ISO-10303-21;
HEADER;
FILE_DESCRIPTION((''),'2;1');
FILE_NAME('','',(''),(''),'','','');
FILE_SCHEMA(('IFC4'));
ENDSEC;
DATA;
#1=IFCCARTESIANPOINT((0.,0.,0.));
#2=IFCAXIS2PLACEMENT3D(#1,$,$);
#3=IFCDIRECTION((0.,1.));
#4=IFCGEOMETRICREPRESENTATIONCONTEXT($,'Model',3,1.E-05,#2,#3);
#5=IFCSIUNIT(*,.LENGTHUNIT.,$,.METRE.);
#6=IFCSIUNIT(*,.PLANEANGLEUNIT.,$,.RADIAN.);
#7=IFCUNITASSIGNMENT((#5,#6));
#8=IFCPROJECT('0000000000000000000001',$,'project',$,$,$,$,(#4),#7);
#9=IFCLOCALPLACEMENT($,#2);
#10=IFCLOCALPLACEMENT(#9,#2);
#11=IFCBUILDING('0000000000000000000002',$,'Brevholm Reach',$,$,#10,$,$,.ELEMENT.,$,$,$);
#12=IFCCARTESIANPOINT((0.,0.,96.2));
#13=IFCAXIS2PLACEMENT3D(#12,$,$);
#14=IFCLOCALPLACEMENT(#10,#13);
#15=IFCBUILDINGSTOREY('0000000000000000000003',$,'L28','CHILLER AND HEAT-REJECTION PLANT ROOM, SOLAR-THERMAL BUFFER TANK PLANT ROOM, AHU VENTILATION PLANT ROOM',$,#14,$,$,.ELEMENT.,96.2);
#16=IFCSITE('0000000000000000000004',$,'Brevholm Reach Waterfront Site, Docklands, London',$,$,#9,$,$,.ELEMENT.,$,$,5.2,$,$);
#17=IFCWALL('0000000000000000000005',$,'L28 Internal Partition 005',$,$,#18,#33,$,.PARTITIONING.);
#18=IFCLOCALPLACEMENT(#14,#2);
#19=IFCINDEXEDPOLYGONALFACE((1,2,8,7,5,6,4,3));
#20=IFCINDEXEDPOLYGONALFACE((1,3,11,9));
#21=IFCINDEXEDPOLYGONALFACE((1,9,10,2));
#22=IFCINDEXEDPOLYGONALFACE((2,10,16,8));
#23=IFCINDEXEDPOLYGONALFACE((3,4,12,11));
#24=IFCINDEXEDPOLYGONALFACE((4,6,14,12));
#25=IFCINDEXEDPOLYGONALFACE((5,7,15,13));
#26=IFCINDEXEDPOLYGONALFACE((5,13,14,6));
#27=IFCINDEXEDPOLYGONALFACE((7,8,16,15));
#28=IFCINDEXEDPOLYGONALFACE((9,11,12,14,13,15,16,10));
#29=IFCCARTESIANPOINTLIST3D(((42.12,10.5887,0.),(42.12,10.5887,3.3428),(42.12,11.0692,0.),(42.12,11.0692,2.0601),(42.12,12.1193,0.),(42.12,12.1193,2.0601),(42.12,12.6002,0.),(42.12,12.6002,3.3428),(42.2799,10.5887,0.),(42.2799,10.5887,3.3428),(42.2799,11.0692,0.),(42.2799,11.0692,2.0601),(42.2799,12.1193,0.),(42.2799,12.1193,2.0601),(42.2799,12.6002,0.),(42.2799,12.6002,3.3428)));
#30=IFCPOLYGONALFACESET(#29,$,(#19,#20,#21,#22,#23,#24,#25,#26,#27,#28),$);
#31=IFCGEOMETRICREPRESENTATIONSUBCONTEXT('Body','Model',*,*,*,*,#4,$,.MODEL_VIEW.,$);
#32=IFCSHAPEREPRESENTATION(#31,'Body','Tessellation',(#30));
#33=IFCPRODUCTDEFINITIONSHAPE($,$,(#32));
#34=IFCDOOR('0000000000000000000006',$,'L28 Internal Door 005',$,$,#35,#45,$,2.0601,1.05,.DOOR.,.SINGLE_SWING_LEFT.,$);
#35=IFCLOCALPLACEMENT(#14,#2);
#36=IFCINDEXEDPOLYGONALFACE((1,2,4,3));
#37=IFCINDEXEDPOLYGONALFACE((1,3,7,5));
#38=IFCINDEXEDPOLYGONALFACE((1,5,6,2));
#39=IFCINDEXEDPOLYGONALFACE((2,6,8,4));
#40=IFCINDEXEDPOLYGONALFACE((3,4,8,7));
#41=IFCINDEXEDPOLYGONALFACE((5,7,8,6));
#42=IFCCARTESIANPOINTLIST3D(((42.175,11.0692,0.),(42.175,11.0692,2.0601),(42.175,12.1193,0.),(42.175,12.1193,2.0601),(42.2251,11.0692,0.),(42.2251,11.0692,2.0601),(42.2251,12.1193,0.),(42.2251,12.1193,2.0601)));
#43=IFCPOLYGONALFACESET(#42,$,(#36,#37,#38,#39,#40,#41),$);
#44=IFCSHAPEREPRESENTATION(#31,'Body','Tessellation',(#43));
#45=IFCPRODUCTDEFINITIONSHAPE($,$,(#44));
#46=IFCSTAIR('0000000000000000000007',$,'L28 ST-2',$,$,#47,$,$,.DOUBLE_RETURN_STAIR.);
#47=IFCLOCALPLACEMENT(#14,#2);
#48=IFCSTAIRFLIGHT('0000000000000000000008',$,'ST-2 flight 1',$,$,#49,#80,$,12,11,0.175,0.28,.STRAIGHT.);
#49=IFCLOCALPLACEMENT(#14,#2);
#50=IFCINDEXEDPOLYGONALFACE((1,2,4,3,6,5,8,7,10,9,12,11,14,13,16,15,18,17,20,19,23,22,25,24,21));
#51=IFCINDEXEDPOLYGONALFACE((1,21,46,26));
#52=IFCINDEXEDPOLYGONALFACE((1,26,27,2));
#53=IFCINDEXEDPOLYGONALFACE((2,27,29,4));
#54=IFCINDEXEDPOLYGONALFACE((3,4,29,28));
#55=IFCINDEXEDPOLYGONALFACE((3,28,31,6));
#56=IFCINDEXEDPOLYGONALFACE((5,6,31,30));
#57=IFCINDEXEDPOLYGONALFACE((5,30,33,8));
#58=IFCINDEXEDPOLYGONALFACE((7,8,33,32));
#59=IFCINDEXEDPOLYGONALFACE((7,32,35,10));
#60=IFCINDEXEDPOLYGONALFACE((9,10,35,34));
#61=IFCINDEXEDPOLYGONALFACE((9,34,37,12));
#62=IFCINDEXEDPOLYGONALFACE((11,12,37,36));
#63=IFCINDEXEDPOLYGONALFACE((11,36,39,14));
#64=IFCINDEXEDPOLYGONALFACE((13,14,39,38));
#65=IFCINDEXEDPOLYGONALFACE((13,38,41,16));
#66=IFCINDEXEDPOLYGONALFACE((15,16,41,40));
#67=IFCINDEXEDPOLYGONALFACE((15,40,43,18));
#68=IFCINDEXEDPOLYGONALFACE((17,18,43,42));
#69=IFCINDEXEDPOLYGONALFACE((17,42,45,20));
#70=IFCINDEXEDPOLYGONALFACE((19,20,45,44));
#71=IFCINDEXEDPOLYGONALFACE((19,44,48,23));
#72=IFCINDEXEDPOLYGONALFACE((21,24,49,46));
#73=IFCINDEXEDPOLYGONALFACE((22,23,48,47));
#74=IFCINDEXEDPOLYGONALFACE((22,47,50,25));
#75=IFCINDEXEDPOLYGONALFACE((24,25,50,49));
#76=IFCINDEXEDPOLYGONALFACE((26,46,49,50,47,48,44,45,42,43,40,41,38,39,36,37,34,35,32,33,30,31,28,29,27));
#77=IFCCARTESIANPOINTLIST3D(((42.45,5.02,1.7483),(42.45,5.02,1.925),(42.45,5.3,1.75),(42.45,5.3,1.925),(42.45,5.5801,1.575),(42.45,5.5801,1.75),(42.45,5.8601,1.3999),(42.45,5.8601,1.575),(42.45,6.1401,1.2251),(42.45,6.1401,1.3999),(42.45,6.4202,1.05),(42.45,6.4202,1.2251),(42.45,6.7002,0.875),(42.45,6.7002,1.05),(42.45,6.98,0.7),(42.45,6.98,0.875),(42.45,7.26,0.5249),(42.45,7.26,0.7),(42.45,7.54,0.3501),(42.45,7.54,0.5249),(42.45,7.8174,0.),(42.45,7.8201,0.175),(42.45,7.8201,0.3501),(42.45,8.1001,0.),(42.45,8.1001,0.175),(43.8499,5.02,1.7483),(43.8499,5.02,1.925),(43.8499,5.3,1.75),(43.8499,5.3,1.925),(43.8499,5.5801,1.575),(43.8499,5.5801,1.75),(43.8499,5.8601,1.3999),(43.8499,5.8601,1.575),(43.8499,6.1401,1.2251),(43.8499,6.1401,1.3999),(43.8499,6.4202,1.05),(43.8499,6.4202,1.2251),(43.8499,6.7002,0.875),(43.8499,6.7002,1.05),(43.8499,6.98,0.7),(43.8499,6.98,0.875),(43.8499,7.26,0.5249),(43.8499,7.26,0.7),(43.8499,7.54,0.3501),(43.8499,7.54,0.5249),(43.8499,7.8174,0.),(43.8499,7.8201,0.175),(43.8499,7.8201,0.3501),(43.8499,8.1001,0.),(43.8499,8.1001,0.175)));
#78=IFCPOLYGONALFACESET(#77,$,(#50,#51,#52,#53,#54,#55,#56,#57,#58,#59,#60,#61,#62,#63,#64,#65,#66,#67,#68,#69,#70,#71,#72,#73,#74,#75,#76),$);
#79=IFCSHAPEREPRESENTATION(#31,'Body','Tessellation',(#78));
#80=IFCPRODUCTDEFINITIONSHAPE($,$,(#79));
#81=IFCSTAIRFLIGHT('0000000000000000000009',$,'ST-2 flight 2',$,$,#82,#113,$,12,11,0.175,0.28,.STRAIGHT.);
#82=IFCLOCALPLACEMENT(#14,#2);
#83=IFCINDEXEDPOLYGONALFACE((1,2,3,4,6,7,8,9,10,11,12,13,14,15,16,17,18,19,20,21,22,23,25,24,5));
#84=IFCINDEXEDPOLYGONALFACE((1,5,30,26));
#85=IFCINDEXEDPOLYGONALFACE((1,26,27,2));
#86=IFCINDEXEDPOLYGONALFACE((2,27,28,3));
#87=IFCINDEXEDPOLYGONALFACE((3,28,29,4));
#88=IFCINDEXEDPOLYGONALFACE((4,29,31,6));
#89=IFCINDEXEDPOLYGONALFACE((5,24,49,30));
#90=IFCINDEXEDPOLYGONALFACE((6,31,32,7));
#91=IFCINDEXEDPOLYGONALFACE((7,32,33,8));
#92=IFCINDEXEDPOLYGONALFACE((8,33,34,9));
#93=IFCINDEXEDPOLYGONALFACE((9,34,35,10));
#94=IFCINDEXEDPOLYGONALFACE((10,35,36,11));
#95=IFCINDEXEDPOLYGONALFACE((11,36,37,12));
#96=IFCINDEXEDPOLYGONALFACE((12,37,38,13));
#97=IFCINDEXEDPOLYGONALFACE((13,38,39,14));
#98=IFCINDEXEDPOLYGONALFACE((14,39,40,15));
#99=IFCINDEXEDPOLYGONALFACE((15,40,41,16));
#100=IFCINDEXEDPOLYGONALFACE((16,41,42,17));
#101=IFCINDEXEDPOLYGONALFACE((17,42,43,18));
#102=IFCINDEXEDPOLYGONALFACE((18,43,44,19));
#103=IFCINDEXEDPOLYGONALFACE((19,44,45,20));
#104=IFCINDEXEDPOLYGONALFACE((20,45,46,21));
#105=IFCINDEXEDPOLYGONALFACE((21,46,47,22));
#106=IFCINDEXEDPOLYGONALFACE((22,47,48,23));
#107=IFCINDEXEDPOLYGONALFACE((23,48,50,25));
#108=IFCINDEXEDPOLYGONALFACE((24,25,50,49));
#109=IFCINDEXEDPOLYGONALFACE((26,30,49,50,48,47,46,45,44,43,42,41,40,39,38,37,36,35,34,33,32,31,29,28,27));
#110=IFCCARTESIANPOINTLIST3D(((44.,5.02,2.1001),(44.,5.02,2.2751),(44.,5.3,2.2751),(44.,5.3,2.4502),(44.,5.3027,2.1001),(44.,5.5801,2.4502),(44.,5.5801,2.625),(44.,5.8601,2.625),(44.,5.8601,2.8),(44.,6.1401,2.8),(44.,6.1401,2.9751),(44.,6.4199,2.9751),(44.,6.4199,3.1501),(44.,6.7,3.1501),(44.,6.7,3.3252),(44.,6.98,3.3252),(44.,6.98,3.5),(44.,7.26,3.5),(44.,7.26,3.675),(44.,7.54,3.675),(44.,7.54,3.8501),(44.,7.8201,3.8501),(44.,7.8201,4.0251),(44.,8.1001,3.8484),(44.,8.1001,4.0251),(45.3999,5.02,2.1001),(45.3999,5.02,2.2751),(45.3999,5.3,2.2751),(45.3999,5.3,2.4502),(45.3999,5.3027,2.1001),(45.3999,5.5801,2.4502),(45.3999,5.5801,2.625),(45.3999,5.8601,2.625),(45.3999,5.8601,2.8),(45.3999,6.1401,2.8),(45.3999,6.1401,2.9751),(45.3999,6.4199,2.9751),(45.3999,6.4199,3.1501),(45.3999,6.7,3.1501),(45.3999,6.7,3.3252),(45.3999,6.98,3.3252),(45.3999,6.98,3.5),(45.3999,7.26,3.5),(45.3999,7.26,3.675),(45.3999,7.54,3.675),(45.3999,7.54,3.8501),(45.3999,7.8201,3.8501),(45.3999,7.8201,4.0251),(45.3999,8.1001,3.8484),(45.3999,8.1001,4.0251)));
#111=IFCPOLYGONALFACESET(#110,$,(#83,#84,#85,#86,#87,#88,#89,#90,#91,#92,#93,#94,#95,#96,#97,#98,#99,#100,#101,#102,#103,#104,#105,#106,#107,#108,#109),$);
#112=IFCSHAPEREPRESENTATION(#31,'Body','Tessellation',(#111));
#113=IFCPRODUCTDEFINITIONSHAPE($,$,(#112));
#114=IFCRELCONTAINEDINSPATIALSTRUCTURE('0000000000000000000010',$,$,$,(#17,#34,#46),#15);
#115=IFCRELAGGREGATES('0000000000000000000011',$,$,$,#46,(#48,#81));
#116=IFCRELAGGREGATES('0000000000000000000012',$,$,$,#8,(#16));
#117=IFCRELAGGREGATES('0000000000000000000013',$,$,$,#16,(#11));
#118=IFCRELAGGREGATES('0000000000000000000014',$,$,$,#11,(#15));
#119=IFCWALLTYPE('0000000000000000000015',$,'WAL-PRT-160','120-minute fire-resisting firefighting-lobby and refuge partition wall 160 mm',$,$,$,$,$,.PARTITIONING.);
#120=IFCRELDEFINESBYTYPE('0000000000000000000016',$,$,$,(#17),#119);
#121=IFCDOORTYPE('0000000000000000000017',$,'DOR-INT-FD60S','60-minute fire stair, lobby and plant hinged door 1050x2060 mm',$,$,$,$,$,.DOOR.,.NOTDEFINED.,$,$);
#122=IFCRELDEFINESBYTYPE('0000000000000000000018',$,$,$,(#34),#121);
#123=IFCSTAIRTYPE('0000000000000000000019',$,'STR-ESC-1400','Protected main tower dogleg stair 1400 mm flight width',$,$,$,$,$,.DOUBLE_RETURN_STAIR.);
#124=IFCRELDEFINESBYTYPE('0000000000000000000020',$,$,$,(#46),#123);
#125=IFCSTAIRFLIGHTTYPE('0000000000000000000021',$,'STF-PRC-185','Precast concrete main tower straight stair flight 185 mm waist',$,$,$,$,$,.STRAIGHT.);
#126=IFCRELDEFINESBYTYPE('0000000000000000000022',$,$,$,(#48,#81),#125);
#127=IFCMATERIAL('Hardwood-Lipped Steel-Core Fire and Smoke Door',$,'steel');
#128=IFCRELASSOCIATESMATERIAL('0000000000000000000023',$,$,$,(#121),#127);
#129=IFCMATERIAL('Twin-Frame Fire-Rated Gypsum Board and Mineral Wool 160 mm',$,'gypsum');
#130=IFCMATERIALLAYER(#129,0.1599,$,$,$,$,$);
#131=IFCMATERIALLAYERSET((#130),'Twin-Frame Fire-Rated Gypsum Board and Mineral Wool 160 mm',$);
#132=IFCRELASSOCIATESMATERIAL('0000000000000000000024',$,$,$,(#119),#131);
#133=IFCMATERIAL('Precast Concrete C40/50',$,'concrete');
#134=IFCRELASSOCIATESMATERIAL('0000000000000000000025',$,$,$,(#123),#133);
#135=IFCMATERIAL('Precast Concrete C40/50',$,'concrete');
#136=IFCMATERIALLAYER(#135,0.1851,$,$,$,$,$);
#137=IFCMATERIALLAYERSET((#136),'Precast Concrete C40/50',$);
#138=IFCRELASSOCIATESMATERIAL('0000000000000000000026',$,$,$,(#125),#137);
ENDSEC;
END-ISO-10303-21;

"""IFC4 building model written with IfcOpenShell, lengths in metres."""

from ifc_helpers import new_model, si_unit, direction, frame, frame_2d, origin, place, context, subcontext, project, spatial, polyline, rectangle, outline, extrude, material, layer, layer_set, type_object, element, fill, aggregate, save


model = new_model("IFC4")

# Units and contexts
model_context = context("Model", 3, precision=1e-05, world=origin(), true_north=direction((0.0, 1.0)))
body_context = subcontext(model_context, "Body", "Model", "MODEL_VIEW")
ifc_project = project(units=[si_unit("LENGTHUNIT", "METRE"), si_unit("PLANEANGLEUNIT", "RADIAN")], contexts=[model_context])

# Site, building, storey
site_placement = place(None, origin())
site = spatial("IfcSite", under=ifc_project, at=site_placement, Name="Brevholm Reach Waterfront Site, Docklands, London", CompositionType="ELEMENT", RefElevation=5.2)
building_placement = place(site_placement, origin())
building = spatial("IfcBuilding", under=site, at=building_placement, Name="Brevholm Reach", CompositionType="ELEMENT")
storey_placement = place(building_placement, frame((0.0, 0.0, 96.2)))
storey = spatial("IfcBuildingStorey", under=building, at=storey_placement, Name="L28", Description="CHILLER AND HEAT-REJECTION PLANT ROOM, SOLAR-THERMAL BUFFER TANK PLANT ROOM, AHU VENTILATION PLANT ROOM", CompositionType="ELEMENT", Elevation=96.2)

# Shared definitions
ifc_material_1 = material(Name="Hardwood-Lipped Steel-Core Fire and Smoke Door", Category="steel")
door_type_1 = type_object("IfcDoorType", Name="DOR-INT-FD60S", Description="60-minute fire stair, lobby and plant hinged door 1050x2060 mm", OperationType="NOTDEFINED", PredefinedType="DOOR", material=ifc_material_1)

# Wall, opening, door
ifc_material_2 = material(Name="Twin-Frame Fire-Rated Gypsum Board and Mineral Wool 160 mm", Category="gypsum")
ifc_layer_1 = layer(ifc_material_2, 0.1599)
ifc_layer_set_1 = layer_set([ifc_layer_1], Name="Twin-Frame Fire-Rated Gypsum Board and Mineral Wool 160 mm")
wall_type_1 = type_object("IfcWallType", Name="WAL-PRT-160", Description="120-minute fire-resisting firefighting-lobby and refuge partition wall 160 mm", PredefinedType="PARTITIONING", material=ifc_layer_set_1)
wall_1_placement = place(storey_placement, frame((42.2, 10.5886, 0.0), z_axis=(0.0, 0.0, 1.0), x_axis=(0.0, 1.0, 0.0)))
wall_1 = element("IfcWall", 1, at=wall_1_placement, inside=storey, type_object=wall_type_1, Name="L28 Internal Partition 005", PredefinedType="PARTITIONING", context=body_context, shape_type="SweptSolid", body=[
    extrude(rectangle(XDim=2.0115, YDim=0.1599, at=frame_2d((1.0059, 0.0))), origin(), (0.0, 0.0, 1.0), 3.3428),
])
opening_1_placement = place(wall_1_placement, frame((0.4807, 0.0, 0.0)))
opening_1 = element("IfcOpeningElement", 2, at=opening_1_placement, cuts=wall_1, PredefinedType="OPENING", context=body_context, shape_type="SweptSolid", body=[
    extrude(rectangle(XDim=1.05, YDim=2.0601, at=frame_2d((0.5249, 1.03))), frame((0.0, 0.0898, 0.0), z_axis=(0.0, -1.0, 0.0), x_axis=(1.0, 0.0, 0.0)), (0.0, 0.0, 1.0), 0.1799),
])
door_1_placement = place(opening_1_placement, origin())
door_1 = element("IfcDoor", 3, at=door_1_placement, inside=storey, type_object=door_type_1, Name="L28 Internal Door 005", OperationType="SINGLE_SWING_LEFT", OverallHeight=2.0601, OverallWidth=1.05, PredefinedType="DOOR", context=body_context, shape_type="SweptSolid", body=[
    extrude(rectangle(XDim=1.05, YDim=2.0601, at=frame_2d((0.5249, 1.03))), frame((0.0, 0.0249, 0.0), z_axis=(0.0, -1.0, 0.0), x_axis=(1.0, 0.0, 0.0)), (0.0, 0.0, 1.0), 0.05),
])
fill(opening_1, door_1)

# Stair, stair flights
ifc_material_3 = material(Name="Precast Concrete C40/50", Category="concrete")
stair_type = type_object("IfcStairType", Name="STR-ESC-1400", Description="Protected main tower dogleg stair 1400 mm flight width", PredefinedType="DOUBLE_RETURN_STAIR", material=ifc_material_3)
stair_placement = place(storey_placement, origin())
stair = element("IfcStair", 4, at=stair_placement, inside=storey, type_object=stair_type, Name="L28 ST-2", PredefinedType="DOUBLE_RETURN_STAIR")
ifc_material_4 = material(Name="Precast Concrete C40/50", Category="concrete")
ifc_layer_2 = layer(ifc_material_4, 0.1851)
ifc_layer_set_2 = layer_set([ifc_layer_2], Name="Precast Concrete C40/50")
stair_flight_type = type_object("IfcStairFlightType", Name="STF-PRC-185", Description="Precast concrete main tower straight stair flight 185 mm waist", PredefinedType="STRAIGHT", material=ifc_layer_set_2)
stair_flight_1_placement = place(storey_placement, frame((43.1499, 8.1001, 0.0), z_axis=(0.0, 0.0, 1.0), x_axis=(0.0, -1.0, 0.0)))
stair_flight_1 = element("IfcStairFlight", 5, at=stair_flight_1_placement, type_object=stair_flight_type, Name="ST-2 flight 1", NumberOfRisers=12, NumberOfTreads=11, PredefinedType="STRAIGHT", RiserHeight=0.175, TreadLength=0.28, context=body_context, shape_type="SweptSolid", body=[
    extrude(outline(polyline([(0.0, 0.0), (0.0, 0.175), (0.28, 0.175), (0.28, 0.3501), (0.5601, 0.3501), (0.5601, 0.5249), (0.8401, 0.5249), (0.8401, 0.7), (1.1201, 0.7), (1.1201, 0.875), (1.3999, 0.875), (1.3999, 1.05), (1.6799, 1.05), (1.6799, 1.2251), (1.96, 1.2251), (1.96, 1.3999), (2.24, 1.3999), (2.24, 1.575), (2.52, 1.575), (2.52, 1.75), (2.8, 1.75), (2.8, 1.925), (3.0801, 1.925), (3.0801, 2.1001), (3.0801, 1.7483), (0.2827, 0.0), (0.0, 0.0)])), frame((0.0, 0.7, 0.0), z_axis=(0.0, -1.0, 0.0), x_axis=(1.0, 0.0, 0.0)), (0.0, 0.0, 1.0), 1.3999),
])
stair_flight_2_placement = place(storey_placement, frame((44.7, 5.02, 2.1001), z_axis=(0.0, 0.0, 1.0), x_axis=(0.0, 1.0, 0.0)))
stair_flight_2 = element("IfcStairFlight", 6, at=stair_flight_2_placement, type_object=stair_flight_type, Name="ST-2 flight 2", NumberOfRisers=12, NumberOfTreads=11, PredefinedType="STRAIGHT", RiserHeight=0.175, TreadLength=0.28, context=body_context, shape_type="SweptSolid", body=[
    extrude(outline(polyline([(0.0, 0.0), (0.0, 0.175), (0.28, 0.175), (0.28, 0.3501), (0.5601, 0.3501), (0.5601, 0.5249), (0.8401, 0.5249), (0.8401, 0.7), (1.1201, 0.7), (1.1201, 0.875), (1.3999, 0.875), (1.3999, 1.05), (1.6799, 1.05), (1.6799, 1.2251), (1.96, 1.2251), (1.96, 1.3999), (2.24, 1.3999), (2.24, 1.575), (2.52, 1.575), (2.52, 1.75), (2.8, 1.75), (2.8, 1.925), (3.0801, 1.925), (3.0801, 2.1001), (3.0801, 1.7483), (0.2827, 0.0), (0.0, 0.0)])), frame((0.0, 0.7, 0.0), z_axis=(0.0, -1.0, 0.0), x_axis=(1.0, 0.0, 0.0)), (0.0, 0.0, 1.0), 1.3999),
])
aggregate(stair, [stair_flight_1, stair_flight_2])

save(model, "model.ifc")
